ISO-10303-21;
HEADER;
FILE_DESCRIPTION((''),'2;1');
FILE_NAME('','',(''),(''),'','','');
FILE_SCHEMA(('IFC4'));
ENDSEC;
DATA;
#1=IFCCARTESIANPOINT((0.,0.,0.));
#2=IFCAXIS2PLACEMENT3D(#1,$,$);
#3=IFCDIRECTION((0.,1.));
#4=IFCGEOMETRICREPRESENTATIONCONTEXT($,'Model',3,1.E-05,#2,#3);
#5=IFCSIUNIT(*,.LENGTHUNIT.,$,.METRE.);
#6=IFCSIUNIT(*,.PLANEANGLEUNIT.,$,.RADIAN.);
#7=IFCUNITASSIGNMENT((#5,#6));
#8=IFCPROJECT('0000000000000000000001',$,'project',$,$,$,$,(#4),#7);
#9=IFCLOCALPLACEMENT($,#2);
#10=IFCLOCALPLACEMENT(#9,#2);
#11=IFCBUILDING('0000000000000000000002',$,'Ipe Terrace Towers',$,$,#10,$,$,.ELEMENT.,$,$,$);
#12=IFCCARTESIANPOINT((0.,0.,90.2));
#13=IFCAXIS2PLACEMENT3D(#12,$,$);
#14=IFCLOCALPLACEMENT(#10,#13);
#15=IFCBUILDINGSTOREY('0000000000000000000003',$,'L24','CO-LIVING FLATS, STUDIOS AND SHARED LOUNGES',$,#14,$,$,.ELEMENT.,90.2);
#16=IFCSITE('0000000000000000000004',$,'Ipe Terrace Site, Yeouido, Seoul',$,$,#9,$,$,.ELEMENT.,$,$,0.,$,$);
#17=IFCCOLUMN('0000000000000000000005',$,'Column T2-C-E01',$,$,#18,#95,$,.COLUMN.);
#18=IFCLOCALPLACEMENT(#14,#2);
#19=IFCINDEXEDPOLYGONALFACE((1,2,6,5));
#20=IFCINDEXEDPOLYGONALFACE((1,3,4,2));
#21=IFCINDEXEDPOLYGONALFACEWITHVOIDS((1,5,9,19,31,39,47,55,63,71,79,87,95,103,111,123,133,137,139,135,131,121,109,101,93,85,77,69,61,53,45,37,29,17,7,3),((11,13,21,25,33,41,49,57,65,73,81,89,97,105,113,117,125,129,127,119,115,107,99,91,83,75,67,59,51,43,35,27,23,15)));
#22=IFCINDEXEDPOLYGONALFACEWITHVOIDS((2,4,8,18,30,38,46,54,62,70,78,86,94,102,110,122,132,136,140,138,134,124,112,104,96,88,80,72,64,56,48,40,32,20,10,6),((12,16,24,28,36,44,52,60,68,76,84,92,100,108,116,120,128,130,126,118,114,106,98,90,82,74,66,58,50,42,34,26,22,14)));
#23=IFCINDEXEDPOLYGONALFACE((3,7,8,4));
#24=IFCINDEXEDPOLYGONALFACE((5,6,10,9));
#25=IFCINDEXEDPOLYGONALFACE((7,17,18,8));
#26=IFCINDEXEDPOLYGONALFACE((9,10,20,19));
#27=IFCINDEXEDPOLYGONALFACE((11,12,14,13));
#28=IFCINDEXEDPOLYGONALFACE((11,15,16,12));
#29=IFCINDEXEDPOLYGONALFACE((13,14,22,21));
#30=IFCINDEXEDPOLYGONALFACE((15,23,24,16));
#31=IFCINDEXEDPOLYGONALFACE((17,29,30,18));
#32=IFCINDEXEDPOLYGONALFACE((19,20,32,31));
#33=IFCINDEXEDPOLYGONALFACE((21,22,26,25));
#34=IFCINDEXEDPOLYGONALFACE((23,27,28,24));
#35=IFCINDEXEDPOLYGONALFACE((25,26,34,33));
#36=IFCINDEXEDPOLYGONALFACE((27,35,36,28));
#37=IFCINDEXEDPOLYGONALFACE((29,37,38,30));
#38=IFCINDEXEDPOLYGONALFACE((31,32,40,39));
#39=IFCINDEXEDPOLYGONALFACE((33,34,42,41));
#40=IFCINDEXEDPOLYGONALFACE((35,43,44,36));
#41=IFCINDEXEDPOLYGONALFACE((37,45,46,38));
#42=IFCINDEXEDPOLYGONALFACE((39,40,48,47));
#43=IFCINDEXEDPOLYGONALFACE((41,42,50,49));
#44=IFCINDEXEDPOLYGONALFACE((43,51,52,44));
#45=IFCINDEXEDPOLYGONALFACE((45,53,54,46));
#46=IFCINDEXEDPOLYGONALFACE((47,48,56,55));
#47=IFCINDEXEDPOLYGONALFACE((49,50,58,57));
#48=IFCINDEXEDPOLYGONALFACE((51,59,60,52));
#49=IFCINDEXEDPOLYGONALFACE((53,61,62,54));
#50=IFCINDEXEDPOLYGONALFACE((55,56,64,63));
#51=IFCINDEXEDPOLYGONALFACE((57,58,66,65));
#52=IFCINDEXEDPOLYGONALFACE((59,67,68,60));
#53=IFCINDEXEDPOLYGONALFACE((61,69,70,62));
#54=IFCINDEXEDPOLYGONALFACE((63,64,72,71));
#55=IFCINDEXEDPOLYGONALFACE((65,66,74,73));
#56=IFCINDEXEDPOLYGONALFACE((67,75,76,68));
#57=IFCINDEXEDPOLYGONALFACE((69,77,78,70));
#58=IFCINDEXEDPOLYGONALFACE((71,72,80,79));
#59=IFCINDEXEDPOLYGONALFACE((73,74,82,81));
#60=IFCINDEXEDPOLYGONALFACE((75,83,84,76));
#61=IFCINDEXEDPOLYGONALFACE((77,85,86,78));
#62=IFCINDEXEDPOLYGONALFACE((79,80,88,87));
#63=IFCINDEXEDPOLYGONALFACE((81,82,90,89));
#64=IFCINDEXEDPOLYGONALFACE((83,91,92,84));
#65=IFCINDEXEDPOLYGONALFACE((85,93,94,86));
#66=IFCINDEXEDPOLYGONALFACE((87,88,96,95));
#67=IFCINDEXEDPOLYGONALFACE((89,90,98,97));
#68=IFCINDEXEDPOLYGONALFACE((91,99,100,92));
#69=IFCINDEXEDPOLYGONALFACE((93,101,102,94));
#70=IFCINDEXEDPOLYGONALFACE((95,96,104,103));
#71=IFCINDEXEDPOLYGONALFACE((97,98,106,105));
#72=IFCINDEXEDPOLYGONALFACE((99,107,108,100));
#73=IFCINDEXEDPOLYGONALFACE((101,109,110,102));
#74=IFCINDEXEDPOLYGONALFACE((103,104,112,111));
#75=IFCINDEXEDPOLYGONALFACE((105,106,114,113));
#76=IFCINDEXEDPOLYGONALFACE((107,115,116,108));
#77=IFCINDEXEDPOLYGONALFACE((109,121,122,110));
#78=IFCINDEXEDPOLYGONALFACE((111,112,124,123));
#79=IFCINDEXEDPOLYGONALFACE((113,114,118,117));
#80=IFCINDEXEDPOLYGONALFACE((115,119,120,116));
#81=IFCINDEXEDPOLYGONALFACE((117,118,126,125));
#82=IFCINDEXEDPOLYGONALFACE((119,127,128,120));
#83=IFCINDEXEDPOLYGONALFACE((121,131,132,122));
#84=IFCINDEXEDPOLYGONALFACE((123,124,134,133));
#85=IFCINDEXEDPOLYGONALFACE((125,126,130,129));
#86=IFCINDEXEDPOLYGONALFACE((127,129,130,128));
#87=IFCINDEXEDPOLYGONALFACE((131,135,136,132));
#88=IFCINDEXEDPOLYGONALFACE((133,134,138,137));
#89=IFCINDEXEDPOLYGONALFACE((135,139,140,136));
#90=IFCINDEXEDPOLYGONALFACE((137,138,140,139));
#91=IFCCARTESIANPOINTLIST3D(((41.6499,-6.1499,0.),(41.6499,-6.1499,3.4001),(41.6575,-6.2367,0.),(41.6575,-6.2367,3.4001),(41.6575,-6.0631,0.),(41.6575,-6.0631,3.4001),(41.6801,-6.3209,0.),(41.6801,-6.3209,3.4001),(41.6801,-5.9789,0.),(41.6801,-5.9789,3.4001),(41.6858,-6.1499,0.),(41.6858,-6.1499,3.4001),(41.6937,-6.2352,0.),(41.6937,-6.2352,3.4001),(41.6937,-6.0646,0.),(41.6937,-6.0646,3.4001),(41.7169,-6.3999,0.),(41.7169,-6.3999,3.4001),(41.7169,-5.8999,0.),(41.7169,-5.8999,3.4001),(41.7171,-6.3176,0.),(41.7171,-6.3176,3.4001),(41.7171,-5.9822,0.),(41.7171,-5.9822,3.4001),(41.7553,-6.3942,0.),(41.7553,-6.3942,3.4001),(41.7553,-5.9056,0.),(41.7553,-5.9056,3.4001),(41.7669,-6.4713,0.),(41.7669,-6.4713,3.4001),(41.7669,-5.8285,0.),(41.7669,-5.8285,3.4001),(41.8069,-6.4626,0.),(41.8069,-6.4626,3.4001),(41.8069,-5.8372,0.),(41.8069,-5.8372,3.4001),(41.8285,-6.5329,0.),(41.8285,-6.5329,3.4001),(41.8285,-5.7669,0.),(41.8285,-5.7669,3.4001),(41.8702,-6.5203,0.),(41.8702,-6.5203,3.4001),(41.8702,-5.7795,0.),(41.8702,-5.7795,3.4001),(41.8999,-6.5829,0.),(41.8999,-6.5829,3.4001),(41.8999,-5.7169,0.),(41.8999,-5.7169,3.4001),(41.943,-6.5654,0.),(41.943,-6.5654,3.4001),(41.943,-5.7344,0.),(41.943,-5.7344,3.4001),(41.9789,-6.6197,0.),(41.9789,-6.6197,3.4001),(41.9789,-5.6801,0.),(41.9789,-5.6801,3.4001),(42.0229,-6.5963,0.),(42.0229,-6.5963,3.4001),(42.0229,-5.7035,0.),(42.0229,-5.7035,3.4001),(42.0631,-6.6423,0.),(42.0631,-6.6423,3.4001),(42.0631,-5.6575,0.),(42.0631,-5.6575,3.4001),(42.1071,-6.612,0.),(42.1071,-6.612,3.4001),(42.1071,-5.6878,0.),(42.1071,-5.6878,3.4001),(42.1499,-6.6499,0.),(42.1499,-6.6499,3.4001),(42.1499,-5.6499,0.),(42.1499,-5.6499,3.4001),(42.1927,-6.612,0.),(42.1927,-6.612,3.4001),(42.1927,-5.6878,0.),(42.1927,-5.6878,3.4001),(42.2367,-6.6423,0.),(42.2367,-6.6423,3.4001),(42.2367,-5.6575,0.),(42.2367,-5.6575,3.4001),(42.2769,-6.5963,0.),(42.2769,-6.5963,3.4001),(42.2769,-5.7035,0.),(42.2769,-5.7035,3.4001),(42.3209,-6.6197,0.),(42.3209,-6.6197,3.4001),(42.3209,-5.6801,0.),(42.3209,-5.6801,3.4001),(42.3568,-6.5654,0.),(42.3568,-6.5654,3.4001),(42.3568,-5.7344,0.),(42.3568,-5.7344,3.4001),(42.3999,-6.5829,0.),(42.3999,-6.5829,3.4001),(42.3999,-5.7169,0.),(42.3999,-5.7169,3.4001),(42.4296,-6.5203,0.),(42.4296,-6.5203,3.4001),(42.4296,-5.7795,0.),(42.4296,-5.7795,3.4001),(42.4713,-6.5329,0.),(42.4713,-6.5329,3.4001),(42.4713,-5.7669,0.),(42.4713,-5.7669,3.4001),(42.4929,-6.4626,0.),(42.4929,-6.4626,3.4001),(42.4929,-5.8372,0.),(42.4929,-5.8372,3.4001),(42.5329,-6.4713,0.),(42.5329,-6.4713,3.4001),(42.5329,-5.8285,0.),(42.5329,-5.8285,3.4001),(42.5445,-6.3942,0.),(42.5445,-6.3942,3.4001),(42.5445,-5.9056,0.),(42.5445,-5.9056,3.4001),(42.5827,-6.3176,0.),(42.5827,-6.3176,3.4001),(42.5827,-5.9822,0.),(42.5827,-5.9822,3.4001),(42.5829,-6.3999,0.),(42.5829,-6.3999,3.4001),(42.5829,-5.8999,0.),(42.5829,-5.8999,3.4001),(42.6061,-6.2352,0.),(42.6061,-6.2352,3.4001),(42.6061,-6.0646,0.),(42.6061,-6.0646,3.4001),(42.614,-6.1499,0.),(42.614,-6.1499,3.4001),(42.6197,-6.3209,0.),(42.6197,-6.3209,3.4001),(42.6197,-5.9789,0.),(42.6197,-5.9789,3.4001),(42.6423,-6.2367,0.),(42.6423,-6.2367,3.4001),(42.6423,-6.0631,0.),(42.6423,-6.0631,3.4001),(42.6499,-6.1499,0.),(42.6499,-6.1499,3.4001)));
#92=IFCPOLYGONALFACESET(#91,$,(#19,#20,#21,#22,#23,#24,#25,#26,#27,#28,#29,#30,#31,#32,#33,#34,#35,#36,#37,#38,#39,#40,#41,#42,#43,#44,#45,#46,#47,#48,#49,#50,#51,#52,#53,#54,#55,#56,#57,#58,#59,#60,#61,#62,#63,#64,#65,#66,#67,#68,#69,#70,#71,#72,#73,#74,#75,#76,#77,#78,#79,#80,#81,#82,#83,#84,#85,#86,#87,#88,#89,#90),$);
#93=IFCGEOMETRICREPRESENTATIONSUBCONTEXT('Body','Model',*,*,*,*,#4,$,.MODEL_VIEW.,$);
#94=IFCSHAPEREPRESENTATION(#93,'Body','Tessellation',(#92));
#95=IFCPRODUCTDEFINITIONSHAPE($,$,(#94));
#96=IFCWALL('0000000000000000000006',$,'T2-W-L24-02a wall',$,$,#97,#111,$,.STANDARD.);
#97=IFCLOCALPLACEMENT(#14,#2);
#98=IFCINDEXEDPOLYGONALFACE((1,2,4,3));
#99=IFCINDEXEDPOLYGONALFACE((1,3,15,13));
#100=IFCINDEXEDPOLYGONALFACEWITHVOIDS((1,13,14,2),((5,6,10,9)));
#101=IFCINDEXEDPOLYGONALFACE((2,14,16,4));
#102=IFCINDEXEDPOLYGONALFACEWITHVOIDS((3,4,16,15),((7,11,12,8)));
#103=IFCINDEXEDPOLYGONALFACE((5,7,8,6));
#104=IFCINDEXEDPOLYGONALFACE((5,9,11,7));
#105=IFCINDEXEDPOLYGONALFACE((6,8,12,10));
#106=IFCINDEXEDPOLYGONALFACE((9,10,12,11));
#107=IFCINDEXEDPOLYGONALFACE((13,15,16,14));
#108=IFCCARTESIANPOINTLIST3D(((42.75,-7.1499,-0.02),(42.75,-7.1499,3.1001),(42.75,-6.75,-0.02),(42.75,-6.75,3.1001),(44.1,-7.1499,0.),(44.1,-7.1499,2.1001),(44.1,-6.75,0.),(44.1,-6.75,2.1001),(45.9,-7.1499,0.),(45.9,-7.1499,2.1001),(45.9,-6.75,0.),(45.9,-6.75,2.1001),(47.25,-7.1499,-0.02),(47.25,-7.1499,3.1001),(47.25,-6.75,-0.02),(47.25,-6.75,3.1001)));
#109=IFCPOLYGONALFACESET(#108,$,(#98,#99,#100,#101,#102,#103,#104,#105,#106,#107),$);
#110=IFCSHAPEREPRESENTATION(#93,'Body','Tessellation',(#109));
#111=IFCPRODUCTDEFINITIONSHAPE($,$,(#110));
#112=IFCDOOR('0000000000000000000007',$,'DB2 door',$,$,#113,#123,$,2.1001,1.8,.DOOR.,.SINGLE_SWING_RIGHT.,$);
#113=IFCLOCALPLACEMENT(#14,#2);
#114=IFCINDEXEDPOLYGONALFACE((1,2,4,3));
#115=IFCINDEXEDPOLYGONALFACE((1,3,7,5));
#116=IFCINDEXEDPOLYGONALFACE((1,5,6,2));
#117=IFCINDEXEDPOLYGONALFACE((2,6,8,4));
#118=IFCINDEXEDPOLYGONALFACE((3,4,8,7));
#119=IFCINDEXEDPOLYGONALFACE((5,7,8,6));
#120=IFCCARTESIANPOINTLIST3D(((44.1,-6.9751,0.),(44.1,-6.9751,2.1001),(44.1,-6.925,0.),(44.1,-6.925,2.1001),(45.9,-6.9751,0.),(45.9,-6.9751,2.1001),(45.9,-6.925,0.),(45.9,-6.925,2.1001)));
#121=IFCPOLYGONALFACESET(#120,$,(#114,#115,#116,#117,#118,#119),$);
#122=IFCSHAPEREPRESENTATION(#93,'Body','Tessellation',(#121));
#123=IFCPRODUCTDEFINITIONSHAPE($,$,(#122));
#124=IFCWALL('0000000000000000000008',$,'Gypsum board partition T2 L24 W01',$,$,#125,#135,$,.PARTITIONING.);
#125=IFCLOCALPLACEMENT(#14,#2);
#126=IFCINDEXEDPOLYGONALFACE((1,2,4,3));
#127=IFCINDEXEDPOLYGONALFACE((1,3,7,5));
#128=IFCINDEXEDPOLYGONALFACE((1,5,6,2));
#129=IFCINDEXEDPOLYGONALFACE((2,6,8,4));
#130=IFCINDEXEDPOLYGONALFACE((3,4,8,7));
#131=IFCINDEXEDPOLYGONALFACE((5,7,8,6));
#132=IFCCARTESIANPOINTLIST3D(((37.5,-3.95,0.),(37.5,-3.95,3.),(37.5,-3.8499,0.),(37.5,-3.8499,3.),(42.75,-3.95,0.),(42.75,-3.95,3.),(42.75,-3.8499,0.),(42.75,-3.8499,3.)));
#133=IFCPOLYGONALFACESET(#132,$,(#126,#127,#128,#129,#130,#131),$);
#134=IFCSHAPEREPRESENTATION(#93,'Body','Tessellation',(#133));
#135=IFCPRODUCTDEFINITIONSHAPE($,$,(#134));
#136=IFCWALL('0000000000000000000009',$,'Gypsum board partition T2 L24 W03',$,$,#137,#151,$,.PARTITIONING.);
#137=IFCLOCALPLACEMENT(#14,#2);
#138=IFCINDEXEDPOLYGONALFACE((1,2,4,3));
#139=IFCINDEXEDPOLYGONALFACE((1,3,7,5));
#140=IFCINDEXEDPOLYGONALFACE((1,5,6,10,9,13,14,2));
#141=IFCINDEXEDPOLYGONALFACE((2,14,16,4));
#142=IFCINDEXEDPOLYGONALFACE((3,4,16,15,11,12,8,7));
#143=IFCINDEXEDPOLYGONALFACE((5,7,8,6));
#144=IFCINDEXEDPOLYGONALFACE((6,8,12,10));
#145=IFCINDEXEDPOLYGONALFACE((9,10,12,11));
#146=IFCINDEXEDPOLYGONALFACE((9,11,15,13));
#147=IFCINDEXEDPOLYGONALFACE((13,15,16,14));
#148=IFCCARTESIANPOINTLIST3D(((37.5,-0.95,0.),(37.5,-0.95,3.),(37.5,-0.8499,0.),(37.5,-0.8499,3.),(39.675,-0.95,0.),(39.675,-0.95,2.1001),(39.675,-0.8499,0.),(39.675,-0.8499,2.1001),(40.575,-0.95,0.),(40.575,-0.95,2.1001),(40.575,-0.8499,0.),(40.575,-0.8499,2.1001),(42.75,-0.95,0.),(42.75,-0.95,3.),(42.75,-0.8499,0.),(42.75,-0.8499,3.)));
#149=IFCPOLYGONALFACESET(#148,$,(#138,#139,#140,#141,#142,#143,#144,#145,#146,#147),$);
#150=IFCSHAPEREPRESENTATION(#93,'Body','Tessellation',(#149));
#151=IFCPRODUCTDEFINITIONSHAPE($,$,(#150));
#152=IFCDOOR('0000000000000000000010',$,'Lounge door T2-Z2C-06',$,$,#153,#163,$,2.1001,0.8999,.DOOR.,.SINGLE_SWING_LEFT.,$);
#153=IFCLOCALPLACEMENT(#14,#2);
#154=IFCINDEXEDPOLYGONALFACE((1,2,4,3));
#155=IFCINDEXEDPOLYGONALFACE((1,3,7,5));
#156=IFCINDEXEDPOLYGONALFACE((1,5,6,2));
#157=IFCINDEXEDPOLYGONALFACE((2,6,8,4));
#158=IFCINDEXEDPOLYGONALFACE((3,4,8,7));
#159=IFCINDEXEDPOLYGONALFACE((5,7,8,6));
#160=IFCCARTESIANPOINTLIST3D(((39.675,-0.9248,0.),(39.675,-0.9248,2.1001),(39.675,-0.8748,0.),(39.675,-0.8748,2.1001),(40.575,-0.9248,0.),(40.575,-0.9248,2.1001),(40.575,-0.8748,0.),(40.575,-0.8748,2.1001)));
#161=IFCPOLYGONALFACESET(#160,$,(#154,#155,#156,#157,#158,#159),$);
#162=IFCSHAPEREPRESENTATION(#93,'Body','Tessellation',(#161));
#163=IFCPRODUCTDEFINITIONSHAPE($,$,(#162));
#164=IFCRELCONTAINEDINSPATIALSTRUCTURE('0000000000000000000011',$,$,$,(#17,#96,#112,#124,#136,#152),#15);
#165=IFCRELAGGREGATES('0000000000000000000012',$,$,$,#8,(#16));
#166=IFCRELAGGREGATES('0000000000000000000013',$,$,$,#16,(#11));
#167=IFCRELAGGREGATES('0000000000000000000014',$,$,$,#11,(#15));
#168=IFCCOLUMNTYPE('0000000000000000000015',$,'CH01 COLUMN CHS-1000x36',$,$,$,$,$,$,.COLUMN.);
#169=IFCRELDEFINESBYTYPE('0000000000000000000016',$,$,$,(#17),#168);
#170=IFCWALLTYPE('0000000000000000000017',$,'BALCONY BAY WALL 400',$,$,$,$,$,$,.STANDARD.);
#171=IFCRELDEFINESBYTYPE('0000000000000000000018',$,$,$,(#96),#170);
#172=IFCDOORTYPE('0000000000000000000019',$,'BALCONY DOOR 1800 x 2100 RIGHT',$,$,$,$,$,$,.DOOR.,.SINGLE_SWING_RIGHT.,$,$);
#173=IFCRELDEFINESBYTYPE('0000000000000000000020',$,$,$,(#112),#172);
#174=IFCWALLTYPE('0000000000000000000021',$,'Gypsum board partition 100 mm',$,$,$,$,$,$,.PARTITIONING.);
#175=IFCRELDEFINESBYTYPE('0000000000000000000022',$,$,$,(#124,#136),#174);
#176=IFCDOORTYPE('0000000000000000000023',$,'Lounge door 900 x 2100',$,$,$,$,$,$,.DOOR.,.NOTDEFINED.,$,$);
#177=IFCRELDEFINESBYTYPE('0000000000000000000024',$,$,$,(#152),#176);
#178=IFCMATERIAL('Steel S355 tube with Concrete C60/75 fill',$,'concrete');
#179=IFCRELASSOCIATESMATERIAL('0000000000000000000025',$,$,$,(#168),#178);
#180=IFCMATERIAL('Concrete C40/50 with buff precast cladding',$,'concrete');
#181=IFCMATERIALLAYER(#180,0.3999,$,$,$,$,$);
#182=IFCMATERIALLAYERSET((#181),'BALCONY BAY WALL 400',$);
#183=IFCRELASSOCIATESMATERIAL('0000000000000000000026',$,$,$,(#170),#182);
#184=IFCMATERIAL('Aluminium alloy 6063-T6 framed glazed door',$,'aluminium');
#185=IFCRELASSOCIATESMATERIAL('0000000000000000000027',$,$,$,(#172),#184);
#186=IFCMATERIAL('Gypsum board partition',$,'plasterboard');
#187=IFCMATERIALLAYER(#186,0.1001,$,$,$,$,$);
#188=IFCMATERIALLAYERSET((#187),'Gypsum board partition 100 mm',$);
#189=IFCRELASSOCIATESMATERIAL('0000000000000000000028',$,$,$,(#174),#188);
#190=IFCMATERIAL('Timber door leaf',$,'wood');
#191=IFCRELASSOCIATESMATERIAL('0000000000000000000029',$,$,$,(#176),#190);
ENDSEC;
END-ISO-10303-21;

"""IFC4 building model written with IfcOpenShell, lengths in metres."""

from ifc_helpers import new_model, si_unit, direction, frame, frame_2d, origin, origin_2d, place, context, subcontext, project, spatial, rectangle, hollow_circle, extrude, material, layer, layer_set, material_profile, profile_set, type_object, element, fill, save


model = new_model("IFC4")

# Units and contexts
model_context = context("Model", 3, precision=1e-05, world=origin(), true_north=direction((0.0, 1.0)))
body_context = subcontext(model_context, "Body", "Model", "MODEL_VIEW")
ifc_project = project(units=[si_unit("LENGTHUNIT", "METRE"), si_unit("PLANEANGLEUNIT", "RADIAN")], contexts=[model_context])

# Site, building, storey
site_placement = place(None, origin())
site = spatial("IfcSite", under=ifc_project, at=site_placement, Name="Ipe Terrace Site, Yeouido, Seoul", CompositionType="ELEMENT", RefElevation=0.0)
building_placement = place(site_placement, origin())
building = spatial("IfcBuilding", under=site, at=building_placement, Name="Ipe Terrace Towers", CompositionType="ELEMENT")
storey_placement = place(building_placement, frame((0.0, 0.0, 90.2)))
storey = spatial("IfcBuildingStorey", under=building, at=storey_placement, Name="L24", Description="CO-LIVING FLATS, STUDIOS AND SHARED LOUNGES", CompositionType="ELEMENT", Elevation=90.2)

# Column
ifc_material_1 = material(Name="Steel S355 tube with Concrete C60/75 fill", Category="concrete")
ifc_material_profile = material_profile(ifc_material_1, hollow_circle(Radius=0.5, WallThickness=0.0359, at=origin_2d()), Name="CHS-1000x36")
ifc_profile_set = profile_set([ifc_material_profile], Name="Steel S355 tube with Concrete C60/75 fill")
column_type = type_object("IfcColumnType", Name="CH01 COLUMN CHS-1000x36", PredefinedType="COLUMN", material=ifc_profile_set)
column_placement = place(storey_placement, frame((42.1499, -6.1499, 0.0), z_axis=(0.0, 0.0, 1.0), x_axis=(1.0, 0.0, 0.0)))
element("IfcColumn", 1, at=column_placement, inside=storey, type_object=column_type, Name="Column T2-C-E01", PredefinedType="COLUMN", context=body_context, shape_type="SweptSolid", body=[
    extrude(hollow_circle(Radius=0.5, WallThickness=0.0359, at=origin_2d()), origin(), (0.0, 0.0, 1.0), 3.4001),
])

# Wall, opening, door
ifc_material_2 = material(Name="Concrete C40/50 with buff precast cladding", Category="concrete")
ifc_layer_1 = layer(ifc_material_2, 0.3999)
ifc_layer_set_1 = layer_set([ifc_layer_1], Name="BALCONY BAY WALL 400")
wall_type_1 = type_object("IfcWallType", Name="BALCONY BAY WALL 400", PredefinedType="STANDARD", material=ifc_layer_set_1)
wall_1_placement = place(storey_placement, frame((42.75, -6.95, -0.02), z_axis=(0.0, 0.0, 1.0), x_axis=(1.0, 0.0, 0.0)))
wall_1 = element("IfcWall", 2, at=wall_1_placement, inside=storey, type_object=wall_type_1, Name="T2-W-L24-02a wall", PredefinedType="STANDARD", context=body_context, shape_type="SweptSolid", body=[
    extrude(rectangle(XDim=4.5, YDim=0.3999, at=frame_2d((2.25, 0.0))), origin(), (0.0, 0.0, 1.0), 3.1201),
])
opening_1_placement = place(wall_1_placement, frame((1.3501, 0.0, 0.02)))
opening_1 = element("IfcOpeningElement", 3, at=opening_1_placement, cuts=wall_1, PredefinedType="OPENING", context=body_context, shape_type="SweptSolid", body=[
    extrude(rectangle(XDim=1.8, YDim=2.1001, at=frame_2d((0.8999, 1.05))), frame((0.0, 0.21, 0.0), z_axis=(0.0, -1.0, 0.0), x_axis=(1.0, 0.0, 0.0)), (0.0, 0.0, 1.0), 0.4199),
])
ifc_material_3 = material(Name="Aluminium alloy 6063-T6 framed glazed door", Category="aluminium")
door_type_1 = type_object("IfcDoorType", Name="BALCONY DOOR 1800 x 2100 RIGHT", OperationType="SINGLE_SWING_RIGHT", PredefinedType="DOOR", material=ifc_material_3)
door_1_placement = place(opening_1_placement, origin())
door_1 = element("IfcDoor", 4, at=door_1_placement, inside=storey, type_object=door_type_1, Name="DB2 door", OperationType="SINGLE_SWING_RIGHT", OverallHeight=2.1001, OverallWidth=1.8, PredefinedType="DOOR", context=body_context, shape_type="SweptSolid", body=[
    extrude(rectangle(XDim=1.8, YDim=2.1001, at=frame_2d((0.8999, 1.05))), frame((0.0, 0.0249, 0.0), z_axis=(0.0, -1.0, 0.0), x_axis=(1.0, 0.0, 0.0)), (0.0, 0.0, 1.0), 0.05),
])
fill(opening_1, door_1)

# Wall
ifc_material_4 = material(Name="Gypsum board partition", Category="plasterboard")
ifc_layer_2 = layer(ifc_material_4, 0.1001)
ifc_layer_set_2 = layer_set([ifc_layer_2], Name="Gypsum board partition 100 mm")
wall_type_2 = type_object("IfcWallType", Name="Gypsum board partition 100 mm", PredefinedType="PARTITIONING", material=ifc_layer_set_2)
wall_2_placement = place(storey_placement, frame((42.75, -3.8999, 0.0), z_axis=(0.0, 0.0, 1.0), x_axis=(-1.0, 0.0, 0.0)))
element("IfcWall", 5, at=wall_2_placement, inside=storey, type_object=wall_type_2, Name="Gypsum board partition T2 L24 W01", PredefinedType="PARTITIONING", context=body_context, shape_type="SweptSolid", body=[
    extrude(rectangle(XDim=5.25, YDim=0.1001, at=frame_2d((2.625, 0.0))), origin(), (0.0, 0.0, 1.0), 3.0),
])

# Wall, opening, door
wall_3_placement = place(storey_placement, frame((42.75, -0.8999, 0.0), z_axis=(0.0, 0.0, 1.0), x_axis=(-1.0, 0.0, 0.0)))
wall_3 = element("IfcWall", 6, at=wall_3_placement, inside=storey, type_object=wall_type_2, Name="Gypsum board partition T2 L24 W03", PredefinedType="PARTITIONING", context=body_context, shape_type="SweptSolid", body=[
    extrude(rectangle(XDim=5.25, YDim=0.1001, at=frame_2d((2.625, 0.0))), origin(), (0.0, 0.0, 1.0), 3.0),
])
opening_2_placement = place(wall_3_placement, frame((2.175, 0.0, 0.0)))
opening_2 = element("IfcOpeningElement", 7, at=opening_2_placement, cuts=wall_3, PredefinedType="OPENING", context=body_context, shape_type="SweptSolid", body=[
    extrude(rectangle(XDim=0.8999, YDim=2.1001, at=frame_2d((0.45, 1.05))), frame((0.0, 0.0601, 0.0), z_axis=(0.0, -1.0, 0.0), x_axis=(1.0, 0.0, 0.0)), (0.0, 0.0, 1.0), 0.1201),
])
ifc_material_5 = material(Name="Timber door leaf", Category="wood")
door_type_2 = type_object("IfcDoorType", Name="Lounge door 900 x 2100", OperationType="NOTDEFINED", PredefinedType="DOOR", material=ifc_material_5)
door_2_placement = place(opening_2_placement, origin())
door_2 = element("IfcDoor", 8, at=door_2_placement, inside=storey, type_object=door_type_2, Name="Lounge door T2-Z2C-06", OperationType="SINGLE_SWING_LEFT", OverallHeight=2.1001, OverallWidth=0.8999, PredefinedType="DOOR", context=body_context, shape_type="SweptSolid", body=[
    extrude(rectangle(XDim=0.8999, YDim=2.1001, at=frame_2d((0.45, 1.05))), frame((0.0, 0.0249, 0.0), z_axis=(0.0, -1.0, 0.0), x_axis=(1.0, 0.0, 0.0)), (0.0, 0.0, 1.0), 0.05),
])
fill(opening_2, door_2)

save(model, "model.ifc")
